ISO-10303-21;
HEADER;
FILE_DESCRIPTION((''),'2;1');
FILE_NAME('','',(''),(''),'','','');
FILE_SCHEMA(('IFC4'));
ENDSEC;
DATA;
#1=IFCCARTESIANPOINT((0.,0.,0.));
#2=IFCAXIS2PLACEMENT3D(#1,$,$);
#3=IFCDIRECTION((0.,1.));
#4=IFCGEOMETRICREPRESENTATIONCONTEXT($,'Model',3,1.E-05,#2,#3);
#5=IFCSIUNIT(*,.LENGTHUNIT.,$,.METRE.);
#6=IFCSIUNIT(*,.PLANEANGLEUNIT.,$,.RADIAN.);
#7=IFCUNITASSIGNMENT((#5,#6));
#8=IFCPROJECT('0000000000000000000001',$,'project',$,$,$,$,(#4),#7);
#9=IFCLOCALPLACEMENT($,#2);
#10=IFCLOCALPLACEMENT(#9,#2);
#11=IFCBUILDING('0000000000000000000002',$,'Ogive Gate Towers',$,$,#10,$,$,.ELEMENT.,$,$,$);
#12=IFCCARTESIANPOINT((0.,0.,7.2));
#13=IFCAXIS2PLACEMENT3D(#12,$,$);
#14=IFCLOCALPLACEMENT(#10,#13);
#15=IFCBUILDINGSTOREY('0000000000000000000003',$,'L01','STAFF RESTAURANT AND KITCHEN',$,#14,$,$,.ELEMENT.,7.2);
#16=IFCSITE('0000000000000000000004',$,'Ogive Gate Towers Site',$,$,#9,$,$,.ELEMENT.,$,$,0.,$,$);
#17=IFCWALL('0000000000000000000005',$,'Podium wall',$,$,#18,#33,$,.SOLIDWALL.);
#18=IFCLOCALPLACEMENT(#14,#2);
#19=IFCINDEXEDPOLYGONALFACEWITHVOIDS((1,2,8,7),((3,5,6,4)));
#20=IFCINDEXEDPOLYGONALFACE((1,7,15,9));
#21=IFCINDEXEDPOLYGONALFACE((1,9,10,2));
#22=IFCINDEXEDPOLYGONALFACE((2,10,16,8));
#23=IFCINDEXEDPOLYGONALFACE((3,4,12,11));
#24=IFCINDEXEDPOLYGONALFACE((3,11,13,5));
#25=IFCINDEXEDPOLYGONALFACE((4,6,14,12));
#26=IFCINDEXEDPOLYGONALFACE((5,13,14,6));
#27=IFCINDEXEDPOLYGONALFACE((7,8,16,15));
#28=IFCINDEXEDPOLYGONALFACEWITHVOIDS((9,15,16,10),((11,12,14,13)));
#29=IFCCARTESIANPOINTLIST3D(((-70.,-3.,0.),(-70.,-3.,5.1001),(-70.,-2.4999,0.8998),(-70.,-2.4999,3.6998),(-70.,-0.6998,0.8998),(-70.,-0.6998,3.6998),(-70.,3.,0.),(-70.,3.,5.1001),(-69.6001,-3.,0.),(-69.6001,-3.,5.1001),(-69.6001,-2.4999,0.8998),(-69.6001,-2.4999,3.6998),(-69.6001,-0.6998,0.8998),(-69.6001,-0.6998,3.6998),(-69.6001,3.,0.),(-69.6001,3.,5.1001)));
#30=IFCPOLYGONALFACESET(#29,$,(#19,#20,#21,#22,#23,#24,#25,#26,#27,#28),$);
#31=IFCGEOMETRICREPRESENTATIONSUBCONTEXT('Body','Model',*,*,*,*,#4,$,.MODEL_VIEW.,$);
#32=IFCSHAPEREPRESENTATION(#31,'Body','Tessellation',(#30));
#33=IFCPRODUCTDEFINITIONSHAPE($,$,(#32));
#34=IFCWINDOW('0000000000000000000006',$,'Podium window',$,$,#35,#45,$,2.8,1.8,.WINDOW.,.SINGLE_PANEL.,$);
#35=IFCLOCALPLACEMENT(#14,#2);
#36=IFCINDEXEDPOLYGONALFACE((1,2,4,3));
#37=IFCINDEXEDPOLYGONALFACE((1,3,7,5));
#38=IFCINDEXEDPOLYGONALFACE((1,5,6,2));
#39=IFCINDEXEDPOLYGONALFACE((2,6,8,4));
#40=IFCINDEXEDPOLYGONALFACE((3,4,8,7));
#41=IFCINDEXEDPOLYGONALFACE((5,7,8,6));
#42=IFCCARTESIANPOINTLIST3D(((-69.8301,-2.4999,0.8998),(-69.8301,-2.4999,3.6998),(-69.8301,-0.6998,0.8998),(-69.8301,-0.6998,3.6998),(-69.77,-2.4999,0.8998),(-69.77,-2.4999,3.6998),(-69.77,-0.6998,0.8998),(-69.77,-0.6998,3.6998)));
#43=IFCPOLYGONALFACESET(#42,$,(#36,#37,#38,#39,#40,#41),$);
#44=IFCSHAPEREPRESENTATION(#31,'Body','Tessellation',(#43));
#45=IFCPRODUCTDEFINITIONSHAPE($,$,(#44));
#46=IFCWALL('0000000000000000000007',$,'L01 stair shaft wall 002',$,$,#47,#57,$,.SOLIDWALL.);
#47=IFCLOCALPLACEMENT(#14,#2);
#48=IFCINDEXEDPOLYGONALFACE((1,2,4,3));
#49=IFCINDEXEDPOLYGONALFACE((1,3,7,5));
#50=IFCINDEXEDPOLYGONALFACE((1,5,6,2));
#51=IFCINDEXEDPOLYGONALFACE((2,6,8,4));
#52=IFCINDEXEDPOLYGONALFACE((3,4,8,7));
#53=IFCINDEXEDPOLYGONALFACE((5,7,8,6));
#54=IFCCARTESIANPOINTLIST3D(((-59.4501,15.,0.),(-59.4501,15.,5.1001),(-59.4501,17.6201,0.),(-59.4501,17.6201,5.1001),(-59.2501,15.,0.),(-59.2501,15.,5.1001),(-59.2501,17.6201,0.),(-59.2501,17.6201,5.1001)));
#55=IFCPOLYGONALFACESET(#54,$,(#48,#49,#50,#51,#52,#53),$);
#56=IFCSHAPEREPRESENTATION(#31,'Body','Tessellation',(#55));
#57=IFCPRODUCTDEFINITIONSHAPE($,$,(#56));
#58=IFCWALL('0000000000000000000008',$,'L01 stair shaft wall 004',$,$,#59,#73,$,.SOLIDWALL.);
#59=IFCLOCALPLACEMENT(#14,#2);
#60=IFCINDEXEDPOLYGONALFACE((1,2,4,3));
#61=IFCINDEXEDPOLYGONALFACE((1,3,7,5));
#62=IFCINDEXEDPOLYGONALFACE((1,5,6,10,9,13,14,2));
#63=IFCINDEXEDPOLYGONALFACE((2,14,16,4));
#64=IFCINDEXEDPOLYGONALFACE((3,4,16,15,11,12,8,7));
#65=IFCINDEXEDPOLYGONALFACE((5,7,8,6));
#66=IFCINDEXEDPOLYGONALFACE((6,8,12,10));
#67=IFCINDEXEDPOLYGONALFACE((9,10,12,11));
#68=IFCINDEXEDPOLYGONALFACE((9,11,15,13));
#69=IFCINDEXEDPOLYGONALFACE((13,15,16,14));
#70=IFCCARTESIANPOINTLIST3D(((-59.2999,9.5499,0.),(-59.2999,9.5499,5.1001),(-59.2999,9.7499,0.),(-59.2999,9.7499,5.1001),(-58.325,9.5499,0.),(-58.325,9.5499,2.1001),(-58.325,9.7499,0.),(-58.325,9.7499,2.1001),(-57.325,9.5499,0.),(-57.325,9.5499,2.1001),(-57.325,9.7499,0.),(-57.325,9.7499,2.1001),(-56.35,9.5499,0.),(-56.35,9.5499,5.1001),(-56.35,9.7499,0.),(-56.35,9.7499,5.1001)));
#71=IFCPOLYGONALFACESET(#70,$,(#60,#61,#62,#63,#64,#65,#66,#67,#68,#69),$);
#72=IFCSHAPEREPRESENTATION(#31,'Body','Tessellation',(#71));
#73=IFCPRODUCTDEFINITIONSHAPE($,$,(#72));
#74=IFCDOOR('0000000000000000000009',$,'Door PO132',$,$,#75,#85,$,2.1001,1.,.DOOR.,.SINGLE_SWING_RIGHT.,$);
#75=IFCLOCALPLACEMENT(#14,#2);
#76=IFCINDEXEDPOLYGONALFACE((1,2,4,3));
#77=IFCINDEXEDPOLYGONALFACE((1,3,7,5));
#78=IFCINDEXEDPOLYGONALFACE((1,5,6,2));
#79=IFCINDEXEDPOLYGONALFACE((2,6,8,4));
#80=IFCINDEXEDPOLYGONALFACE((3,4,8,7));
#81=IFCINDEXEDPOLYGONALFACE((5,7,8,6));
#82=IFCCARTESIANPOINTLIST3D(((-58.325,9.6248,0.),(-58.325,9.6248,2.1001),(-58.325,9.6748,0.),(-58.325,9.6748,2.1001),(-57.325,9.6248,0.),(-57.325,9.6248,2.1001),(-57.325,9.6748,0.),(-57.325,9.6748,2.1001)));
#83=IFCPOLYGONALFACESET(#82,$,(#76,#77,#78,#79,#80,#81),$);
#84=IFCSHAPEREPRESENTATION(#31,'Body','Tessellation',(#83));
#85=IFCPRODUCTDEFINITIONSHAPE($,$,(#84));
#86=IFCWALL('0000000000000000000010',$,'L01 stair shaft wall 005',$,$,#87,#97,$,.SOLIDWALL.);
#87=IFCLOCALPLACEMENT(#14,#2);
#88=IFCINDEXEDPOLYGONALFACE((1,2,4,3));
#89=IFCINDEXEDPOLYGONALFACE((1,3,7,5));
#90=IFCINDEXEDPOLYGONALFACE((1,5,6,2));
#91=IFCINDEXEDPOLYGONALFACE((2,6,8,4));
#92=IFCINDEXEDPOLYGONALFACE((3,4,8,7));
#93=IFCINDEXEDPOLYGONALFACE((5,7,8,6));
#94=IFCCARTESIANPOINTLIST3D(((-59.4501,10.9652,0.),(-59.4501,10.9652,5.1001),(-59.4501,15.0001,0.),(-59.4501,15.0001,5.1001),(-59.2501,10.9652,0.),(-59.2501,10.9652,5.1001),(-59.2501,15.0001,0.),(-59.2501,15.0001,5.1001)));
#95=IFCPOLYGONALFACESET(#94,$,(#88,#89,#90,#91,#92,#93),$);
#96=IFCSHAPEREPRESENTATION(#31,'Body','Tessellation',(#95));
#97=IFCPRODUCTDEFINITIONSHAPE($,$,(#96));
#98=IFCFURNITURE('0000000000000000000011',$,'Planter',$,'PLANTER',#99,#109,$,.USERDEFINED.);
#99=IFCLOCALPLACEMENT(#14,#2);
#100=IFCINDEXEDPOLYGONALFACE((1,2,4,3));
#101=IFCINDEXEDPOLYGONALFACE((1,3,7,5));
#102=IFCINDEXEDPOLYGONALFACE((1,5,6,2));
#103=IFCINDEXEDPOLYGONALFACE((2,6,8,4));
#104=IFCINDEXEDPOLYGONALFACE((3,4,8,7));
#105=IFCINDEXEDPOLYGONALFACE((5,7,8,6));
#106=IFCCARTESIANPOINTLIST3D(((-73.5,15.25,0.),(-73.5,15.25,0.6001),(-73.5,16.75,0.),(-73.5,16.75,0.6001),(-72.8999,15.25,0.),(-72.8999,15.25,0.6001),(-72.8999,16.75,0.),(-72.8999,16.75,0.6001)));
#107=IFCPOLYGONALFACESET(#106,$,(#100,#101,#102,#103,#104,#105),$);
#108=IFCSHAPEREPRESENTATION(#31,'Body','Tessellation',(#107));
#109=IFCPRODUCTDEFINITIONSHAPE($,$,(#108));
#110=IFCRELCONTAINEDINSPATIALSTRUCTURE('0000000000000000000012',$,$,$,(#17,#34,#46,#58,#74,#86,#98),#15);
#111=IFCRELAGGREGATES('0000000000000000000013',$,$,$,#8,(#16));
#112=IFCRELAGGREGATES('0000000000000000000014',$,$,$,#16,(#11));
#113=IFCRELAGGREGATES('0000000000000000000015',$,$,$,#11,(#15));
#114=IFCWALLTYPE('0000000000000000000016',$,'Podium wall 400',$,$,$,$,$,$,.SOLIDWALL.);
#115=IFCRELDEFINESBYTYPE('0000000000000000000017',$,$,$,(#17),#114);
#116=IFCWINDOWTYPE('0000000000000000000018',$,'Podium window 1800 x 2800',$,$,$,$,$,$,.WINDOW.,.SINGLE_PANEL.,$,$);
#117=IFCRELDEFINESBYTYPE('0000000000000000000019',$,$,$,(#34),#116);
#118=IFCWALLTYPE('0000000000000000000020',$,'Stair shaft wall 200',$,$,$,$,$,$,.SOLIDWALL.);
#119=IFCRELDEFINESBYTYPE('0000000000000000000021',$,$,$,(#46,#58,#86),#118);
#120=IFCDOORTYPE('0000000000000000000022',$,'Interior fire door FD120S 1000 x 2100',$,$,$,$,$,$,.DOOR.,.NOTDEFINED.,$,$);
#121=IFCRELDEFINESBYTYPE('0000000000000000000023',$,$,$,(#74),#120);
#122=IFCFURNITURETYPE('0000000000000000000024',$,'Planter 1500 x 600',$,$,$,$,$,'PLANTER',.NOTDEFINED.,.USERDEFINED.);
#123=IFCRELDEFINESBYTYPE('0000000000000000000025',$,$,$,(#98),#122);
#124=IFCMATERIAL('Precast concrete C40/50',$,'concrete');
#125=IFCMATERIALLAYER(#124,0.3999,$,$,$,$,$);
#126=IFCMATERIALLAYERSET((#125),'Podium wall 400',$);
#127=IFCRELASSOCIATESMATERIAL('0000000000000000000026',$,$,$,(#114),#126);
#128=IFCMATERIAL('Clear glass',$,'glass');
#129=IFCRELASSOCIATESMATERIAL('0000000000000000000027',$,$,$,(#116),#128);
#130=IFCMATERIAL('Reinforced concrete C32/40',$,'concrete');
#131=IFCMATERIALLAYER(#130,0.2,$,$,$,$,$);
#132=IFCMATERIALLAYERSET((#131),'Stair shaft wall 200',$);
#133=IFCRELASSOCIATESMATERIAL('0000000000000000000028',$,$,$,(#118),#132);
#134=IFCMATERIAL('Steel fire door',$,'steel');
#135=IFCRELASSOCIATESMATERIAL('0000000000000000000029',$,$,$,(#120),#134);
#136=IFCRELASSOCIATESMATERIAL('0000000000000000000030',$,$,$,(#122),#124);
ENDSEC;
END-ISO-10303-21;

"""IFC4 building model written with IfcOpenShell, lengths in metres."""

from ifc_helpers import new_model, si_unit, direction, frame, frame_2d, origin, origin_2d, place, context, subcontext, project, spatial, rectangle, extrude, material, layer, layer_set, type_object, element, fill, save


model = new_model("IFC4")

# Units and contexts
model_context = context("Model", 3, precision=1e-05, world=origin(), true_north=direction((0.0, 1.0)))
body_context = subcontext(model_context, "Body", "Model", "MODEL_VIEW")
ifc_project = project(units=[si_unit("LENGTHUNIT", "METRE"), si_unit("PLANEANGLEUNIT", "RADIAN")], contexts=[model_context])

# Site, building, storey
site_placement = place(None, origin())
site = spatial("IfcSite", under=ifc_project, at=site_placement, Name="Ogive Gate Towers Site", CompositionType="ELEMENT", RefElevation=0.0)
building_placement = place(site_placement, origin())
building = spatial("IfcBuilding", under=site, at=building_placement, Name="Ogive Gate Towers", CompositionType="ELEMENT")
storey_placement = place(building_placement, frame((0.0, 0.0, 7.2)))
storey = spatial("IfcBuildingStorey", under=building, at=storey_placement, Name="L01", Description="STAFF RESTAURANT AND KITCHEN", CompositionType="ELEMENT", Elevation=7.2)

# Shared definitions
ifc_material_1 = material(Name="Precast concrete C40/50", Category="concrete")
ifc_layer_1 = layer(ifc_material_1, 0.3999)
ifc_layer_set_1 = layer_set([ifc_layer_1], Name="Podium wall 400")
wall_type_1 = type_object("IfcWallType", Name="Podium wall 400", PredefinedType="SOLIDWALL", material=ifc_layer_set_1)
ifc_material_2 = material(Name="Clear glass", Category="glass")
window_type = type_object("IfcWindowType", Name="Podium window 1800 x 2800", PartitioningType="SINGLE_PANEL", PredefinedType="WINDOW", material=ifc_material_2)

# Wall, opening, window
wall_1_placement = place(storey_placement, frame((-69.8, 3.0, 0.0), z_axis=(0.0, 0.0, 1.0), x_axis=(0.0, -1.0, 0.0)))
wall_1 = element("IfcWall", 1, at=wall_1_placement, inside=storey, type_object=wall_type_1, Name="Podium wall", PredefinedType="SOLIDWALL", context=body_context, shape_type="SweptSolid", body=[
    extrude(rectangle(XDim=6.0, YDim=0.3999, at=frame_2d((3.0, 0.0))), origin(), (0.0, 0.0, 1.0), 5.1001),
])
opening_1_placement = place(wall_1_placement, frame((3.7, 0.0, 0.8999)))
opening_1 = element("IfcOpeningElement", 2, at=opening_1_placement, cuts=wall_1, PredefinedType="OPENING", context=body_context, shape_type="SweptSolid", body=[
    extrude(rectangle(XDim=1.8, YDim=2.8, at=frame_2d((0.8999, 1.3999))), frame((0.0, 0.21, 0.0), z_axis=(0.0, -1.0, 0.0), x_axis=(1.0, 0.0, 0.0)), (0.0, 0.0, 1.0), 0.4199),
])
window_1_placement = place(opening_1_placement, origin())
window_1 = element("IfcWindow", 3, at=window_1_placement, inside=storey, type_object=window_type, Name="Podium window", OverallHeight=2.8, OverallWidth=1.8, PartitioningType="SINGLE_PANEL", PredefinedType="WINDOW", context=body_context, shape_type="SweptSolid", body=[
    extrude(rectangle(XDim=1.8, YDim=2.8, at=frame_2d((0.8999, 1.3999))), frame((0.0, 0.03, 0.0), z_axis=(0.0, -1.0, 0.0), x_axis=(1.0, 0.0, 0.0)), (0.0, 0.0, 1.0), 0.0601),
])
fill(opening_1, window_1)

# Wall
ifc_material_3 = material(Name="Reinforced concrete C32/40", Category="concrete")
ifc_layer_2 = layer(ifc_material_3, 0.2)
ifc_layer_set_2 = layer_set([ifc_layer_2], Name="Stair shaft wall 200")
wall_type_2 = type_object("IfcWallType", Name="Stair shaft wall 200", PredefinedType="SOLIDWALL", material=ifc_layer_set_2)
wall_2_placement = place(storey_placement, frame((-59.3501, 15.0, 0.0), z_axis=(0.0, 0.0, 1.0), x_axis=(0.0, 1.0, 0.0)))
element("IfcWall", 4, at=wall_2_placement, inside=storey, type_object=wall_type_2, Name="L01 stair shaft wall 002", PredefinedType="SOLIDWALL", context=body_context, shape_type="SweptSolid", body=[
    extrude(rectangle(XDim=2.6201, YDim=0.2, at=frame_2d((1.3101, 0.0))), origin(), (0.0, 0.0, 1.0), 5.1001),
])

# Wall, opening, door
wall_3_placement = place(storey_placement, frame((-59.3, 9.6499, 0.0), z_axis=(0.0, 0.0, 1.0), x_axis=(1.0, 0.0, 0.0)))
wall_3 = element("IfcWall", 5, at=wall_3_placement, inside=storey, type_object=wall_type_2, Name="L01 stair shaft wall 004", PredefinedType="SOLIDWALL", context=body_context, shape_type="SweptSolid", body=[
    extrude(rectangle(XDim=2.95, YDim=0.2, at=frame_2d((1.4751, 0.0))), origin(), (0.0, 0.0, 1.0), 5.1001),
])
opening_2_placement = place(wall_3_placement, frame((0.9751, 0.0, 0.0)))
opening_2 = element("IfcOpeningElement", 6, at=opening_2_placement, cuts=wall_3, PredefinedType="OPENING", context=body_context, shape_type="SweptSolid", body=[
    extrude(rectangle(XDim=1.0, YDim=2.1001, at=frame_2d((0.5, 1.05))), frame((0.0, 0.1099, 0.0), z_axis=(0.0, -1.0, 0.0), x_axis=(1.0, 0.0, 0.0)), (0.0, 0.0, 1.0), 0.22),
])
ifc_material_4 = material(Name="Steel fire door", Category="steel")
door_type_1 = type_object("IfcDoorType", Name="Interior fire door FD120S 1000 x 2100", OperationType="NOTDEFINED", PredefinedType="DOOR", material=ifc_material_4)
door_1_placement = place(opening_2_placement, origin())
door_1 = element("IfcDoor", 7, at=door_1_placement, inside=storey, type_object=door_type_1, Name="Door PO132", OperationType="SINGLE_SWING_RIGHT", OverallHeight=2.1001, OverallWidth=1.0, PredefinedType="DOOR", context=body_context, shape_type="SweptSolid", body=[
    extrude(rectangle(XDim=1.0, YDim=2.1001, at=frame_2d((0.5, 1.05))), frame((0.0, 0.0249, 0.0), z_axis=(0.0, -1.0, 0.0), x_axis=(1.0, 0.0, 0.0)), (0.0, 0.0, 1.0), 0.05),
])
fill(opening_2, door_1)

# Wall
wall_4_placement = place(storey_placement, frame((-59.3501, 10.9651, 0.0), z_axis=(0.0, 0.0, 1.0), x_axis=(0.0, 1.0, 0.0)))
element("IfcWall", 8, at=wall_4_placement, inside=storey, type_object=wall_type_2, Name="L01 stair shaft wall 005", PredefinedType="SOLIDWALL", context=body_context, shape_type="SweptSolid", body=[
    extrude(rectangle(XDim=4.0349, YDim=0.2, at=frame_2d((2.0176, 0.0))), origin(), (0.0, 0.0, 1.0), 5.1001),
])

# Furniture
furniture_type = type_object("IfcFurnitureType", Name="Planter 1500 x 600", ElementType="PLANTER", AssemblyPlace="NOTDEFINED", PredefinedType="USERDEFINED", material=ifc_material_1)
furniture_placement = place(storey_placement, frame((-73.2, 16.0, 0.0), z_axis=(0.0, 0.0, 1.0), x_axis=(0.0, -1.0, 0.0)))
element("IfcFurniture", 9, at=furniture_placement, inside=storey, type_object=furniture_type, Name="Planter", ObjectType="PLANTER", PredefinedType="USERDEFINED", context=body_context, shape_type="SweptSolid", body=[
    extrude(rectangle(XDim=1.5, YDim=0.6001, at=origin_2d()), origin(), (0.0, 0.0, 1.0), 0.6001),
])

save(model, "model.ifc")
